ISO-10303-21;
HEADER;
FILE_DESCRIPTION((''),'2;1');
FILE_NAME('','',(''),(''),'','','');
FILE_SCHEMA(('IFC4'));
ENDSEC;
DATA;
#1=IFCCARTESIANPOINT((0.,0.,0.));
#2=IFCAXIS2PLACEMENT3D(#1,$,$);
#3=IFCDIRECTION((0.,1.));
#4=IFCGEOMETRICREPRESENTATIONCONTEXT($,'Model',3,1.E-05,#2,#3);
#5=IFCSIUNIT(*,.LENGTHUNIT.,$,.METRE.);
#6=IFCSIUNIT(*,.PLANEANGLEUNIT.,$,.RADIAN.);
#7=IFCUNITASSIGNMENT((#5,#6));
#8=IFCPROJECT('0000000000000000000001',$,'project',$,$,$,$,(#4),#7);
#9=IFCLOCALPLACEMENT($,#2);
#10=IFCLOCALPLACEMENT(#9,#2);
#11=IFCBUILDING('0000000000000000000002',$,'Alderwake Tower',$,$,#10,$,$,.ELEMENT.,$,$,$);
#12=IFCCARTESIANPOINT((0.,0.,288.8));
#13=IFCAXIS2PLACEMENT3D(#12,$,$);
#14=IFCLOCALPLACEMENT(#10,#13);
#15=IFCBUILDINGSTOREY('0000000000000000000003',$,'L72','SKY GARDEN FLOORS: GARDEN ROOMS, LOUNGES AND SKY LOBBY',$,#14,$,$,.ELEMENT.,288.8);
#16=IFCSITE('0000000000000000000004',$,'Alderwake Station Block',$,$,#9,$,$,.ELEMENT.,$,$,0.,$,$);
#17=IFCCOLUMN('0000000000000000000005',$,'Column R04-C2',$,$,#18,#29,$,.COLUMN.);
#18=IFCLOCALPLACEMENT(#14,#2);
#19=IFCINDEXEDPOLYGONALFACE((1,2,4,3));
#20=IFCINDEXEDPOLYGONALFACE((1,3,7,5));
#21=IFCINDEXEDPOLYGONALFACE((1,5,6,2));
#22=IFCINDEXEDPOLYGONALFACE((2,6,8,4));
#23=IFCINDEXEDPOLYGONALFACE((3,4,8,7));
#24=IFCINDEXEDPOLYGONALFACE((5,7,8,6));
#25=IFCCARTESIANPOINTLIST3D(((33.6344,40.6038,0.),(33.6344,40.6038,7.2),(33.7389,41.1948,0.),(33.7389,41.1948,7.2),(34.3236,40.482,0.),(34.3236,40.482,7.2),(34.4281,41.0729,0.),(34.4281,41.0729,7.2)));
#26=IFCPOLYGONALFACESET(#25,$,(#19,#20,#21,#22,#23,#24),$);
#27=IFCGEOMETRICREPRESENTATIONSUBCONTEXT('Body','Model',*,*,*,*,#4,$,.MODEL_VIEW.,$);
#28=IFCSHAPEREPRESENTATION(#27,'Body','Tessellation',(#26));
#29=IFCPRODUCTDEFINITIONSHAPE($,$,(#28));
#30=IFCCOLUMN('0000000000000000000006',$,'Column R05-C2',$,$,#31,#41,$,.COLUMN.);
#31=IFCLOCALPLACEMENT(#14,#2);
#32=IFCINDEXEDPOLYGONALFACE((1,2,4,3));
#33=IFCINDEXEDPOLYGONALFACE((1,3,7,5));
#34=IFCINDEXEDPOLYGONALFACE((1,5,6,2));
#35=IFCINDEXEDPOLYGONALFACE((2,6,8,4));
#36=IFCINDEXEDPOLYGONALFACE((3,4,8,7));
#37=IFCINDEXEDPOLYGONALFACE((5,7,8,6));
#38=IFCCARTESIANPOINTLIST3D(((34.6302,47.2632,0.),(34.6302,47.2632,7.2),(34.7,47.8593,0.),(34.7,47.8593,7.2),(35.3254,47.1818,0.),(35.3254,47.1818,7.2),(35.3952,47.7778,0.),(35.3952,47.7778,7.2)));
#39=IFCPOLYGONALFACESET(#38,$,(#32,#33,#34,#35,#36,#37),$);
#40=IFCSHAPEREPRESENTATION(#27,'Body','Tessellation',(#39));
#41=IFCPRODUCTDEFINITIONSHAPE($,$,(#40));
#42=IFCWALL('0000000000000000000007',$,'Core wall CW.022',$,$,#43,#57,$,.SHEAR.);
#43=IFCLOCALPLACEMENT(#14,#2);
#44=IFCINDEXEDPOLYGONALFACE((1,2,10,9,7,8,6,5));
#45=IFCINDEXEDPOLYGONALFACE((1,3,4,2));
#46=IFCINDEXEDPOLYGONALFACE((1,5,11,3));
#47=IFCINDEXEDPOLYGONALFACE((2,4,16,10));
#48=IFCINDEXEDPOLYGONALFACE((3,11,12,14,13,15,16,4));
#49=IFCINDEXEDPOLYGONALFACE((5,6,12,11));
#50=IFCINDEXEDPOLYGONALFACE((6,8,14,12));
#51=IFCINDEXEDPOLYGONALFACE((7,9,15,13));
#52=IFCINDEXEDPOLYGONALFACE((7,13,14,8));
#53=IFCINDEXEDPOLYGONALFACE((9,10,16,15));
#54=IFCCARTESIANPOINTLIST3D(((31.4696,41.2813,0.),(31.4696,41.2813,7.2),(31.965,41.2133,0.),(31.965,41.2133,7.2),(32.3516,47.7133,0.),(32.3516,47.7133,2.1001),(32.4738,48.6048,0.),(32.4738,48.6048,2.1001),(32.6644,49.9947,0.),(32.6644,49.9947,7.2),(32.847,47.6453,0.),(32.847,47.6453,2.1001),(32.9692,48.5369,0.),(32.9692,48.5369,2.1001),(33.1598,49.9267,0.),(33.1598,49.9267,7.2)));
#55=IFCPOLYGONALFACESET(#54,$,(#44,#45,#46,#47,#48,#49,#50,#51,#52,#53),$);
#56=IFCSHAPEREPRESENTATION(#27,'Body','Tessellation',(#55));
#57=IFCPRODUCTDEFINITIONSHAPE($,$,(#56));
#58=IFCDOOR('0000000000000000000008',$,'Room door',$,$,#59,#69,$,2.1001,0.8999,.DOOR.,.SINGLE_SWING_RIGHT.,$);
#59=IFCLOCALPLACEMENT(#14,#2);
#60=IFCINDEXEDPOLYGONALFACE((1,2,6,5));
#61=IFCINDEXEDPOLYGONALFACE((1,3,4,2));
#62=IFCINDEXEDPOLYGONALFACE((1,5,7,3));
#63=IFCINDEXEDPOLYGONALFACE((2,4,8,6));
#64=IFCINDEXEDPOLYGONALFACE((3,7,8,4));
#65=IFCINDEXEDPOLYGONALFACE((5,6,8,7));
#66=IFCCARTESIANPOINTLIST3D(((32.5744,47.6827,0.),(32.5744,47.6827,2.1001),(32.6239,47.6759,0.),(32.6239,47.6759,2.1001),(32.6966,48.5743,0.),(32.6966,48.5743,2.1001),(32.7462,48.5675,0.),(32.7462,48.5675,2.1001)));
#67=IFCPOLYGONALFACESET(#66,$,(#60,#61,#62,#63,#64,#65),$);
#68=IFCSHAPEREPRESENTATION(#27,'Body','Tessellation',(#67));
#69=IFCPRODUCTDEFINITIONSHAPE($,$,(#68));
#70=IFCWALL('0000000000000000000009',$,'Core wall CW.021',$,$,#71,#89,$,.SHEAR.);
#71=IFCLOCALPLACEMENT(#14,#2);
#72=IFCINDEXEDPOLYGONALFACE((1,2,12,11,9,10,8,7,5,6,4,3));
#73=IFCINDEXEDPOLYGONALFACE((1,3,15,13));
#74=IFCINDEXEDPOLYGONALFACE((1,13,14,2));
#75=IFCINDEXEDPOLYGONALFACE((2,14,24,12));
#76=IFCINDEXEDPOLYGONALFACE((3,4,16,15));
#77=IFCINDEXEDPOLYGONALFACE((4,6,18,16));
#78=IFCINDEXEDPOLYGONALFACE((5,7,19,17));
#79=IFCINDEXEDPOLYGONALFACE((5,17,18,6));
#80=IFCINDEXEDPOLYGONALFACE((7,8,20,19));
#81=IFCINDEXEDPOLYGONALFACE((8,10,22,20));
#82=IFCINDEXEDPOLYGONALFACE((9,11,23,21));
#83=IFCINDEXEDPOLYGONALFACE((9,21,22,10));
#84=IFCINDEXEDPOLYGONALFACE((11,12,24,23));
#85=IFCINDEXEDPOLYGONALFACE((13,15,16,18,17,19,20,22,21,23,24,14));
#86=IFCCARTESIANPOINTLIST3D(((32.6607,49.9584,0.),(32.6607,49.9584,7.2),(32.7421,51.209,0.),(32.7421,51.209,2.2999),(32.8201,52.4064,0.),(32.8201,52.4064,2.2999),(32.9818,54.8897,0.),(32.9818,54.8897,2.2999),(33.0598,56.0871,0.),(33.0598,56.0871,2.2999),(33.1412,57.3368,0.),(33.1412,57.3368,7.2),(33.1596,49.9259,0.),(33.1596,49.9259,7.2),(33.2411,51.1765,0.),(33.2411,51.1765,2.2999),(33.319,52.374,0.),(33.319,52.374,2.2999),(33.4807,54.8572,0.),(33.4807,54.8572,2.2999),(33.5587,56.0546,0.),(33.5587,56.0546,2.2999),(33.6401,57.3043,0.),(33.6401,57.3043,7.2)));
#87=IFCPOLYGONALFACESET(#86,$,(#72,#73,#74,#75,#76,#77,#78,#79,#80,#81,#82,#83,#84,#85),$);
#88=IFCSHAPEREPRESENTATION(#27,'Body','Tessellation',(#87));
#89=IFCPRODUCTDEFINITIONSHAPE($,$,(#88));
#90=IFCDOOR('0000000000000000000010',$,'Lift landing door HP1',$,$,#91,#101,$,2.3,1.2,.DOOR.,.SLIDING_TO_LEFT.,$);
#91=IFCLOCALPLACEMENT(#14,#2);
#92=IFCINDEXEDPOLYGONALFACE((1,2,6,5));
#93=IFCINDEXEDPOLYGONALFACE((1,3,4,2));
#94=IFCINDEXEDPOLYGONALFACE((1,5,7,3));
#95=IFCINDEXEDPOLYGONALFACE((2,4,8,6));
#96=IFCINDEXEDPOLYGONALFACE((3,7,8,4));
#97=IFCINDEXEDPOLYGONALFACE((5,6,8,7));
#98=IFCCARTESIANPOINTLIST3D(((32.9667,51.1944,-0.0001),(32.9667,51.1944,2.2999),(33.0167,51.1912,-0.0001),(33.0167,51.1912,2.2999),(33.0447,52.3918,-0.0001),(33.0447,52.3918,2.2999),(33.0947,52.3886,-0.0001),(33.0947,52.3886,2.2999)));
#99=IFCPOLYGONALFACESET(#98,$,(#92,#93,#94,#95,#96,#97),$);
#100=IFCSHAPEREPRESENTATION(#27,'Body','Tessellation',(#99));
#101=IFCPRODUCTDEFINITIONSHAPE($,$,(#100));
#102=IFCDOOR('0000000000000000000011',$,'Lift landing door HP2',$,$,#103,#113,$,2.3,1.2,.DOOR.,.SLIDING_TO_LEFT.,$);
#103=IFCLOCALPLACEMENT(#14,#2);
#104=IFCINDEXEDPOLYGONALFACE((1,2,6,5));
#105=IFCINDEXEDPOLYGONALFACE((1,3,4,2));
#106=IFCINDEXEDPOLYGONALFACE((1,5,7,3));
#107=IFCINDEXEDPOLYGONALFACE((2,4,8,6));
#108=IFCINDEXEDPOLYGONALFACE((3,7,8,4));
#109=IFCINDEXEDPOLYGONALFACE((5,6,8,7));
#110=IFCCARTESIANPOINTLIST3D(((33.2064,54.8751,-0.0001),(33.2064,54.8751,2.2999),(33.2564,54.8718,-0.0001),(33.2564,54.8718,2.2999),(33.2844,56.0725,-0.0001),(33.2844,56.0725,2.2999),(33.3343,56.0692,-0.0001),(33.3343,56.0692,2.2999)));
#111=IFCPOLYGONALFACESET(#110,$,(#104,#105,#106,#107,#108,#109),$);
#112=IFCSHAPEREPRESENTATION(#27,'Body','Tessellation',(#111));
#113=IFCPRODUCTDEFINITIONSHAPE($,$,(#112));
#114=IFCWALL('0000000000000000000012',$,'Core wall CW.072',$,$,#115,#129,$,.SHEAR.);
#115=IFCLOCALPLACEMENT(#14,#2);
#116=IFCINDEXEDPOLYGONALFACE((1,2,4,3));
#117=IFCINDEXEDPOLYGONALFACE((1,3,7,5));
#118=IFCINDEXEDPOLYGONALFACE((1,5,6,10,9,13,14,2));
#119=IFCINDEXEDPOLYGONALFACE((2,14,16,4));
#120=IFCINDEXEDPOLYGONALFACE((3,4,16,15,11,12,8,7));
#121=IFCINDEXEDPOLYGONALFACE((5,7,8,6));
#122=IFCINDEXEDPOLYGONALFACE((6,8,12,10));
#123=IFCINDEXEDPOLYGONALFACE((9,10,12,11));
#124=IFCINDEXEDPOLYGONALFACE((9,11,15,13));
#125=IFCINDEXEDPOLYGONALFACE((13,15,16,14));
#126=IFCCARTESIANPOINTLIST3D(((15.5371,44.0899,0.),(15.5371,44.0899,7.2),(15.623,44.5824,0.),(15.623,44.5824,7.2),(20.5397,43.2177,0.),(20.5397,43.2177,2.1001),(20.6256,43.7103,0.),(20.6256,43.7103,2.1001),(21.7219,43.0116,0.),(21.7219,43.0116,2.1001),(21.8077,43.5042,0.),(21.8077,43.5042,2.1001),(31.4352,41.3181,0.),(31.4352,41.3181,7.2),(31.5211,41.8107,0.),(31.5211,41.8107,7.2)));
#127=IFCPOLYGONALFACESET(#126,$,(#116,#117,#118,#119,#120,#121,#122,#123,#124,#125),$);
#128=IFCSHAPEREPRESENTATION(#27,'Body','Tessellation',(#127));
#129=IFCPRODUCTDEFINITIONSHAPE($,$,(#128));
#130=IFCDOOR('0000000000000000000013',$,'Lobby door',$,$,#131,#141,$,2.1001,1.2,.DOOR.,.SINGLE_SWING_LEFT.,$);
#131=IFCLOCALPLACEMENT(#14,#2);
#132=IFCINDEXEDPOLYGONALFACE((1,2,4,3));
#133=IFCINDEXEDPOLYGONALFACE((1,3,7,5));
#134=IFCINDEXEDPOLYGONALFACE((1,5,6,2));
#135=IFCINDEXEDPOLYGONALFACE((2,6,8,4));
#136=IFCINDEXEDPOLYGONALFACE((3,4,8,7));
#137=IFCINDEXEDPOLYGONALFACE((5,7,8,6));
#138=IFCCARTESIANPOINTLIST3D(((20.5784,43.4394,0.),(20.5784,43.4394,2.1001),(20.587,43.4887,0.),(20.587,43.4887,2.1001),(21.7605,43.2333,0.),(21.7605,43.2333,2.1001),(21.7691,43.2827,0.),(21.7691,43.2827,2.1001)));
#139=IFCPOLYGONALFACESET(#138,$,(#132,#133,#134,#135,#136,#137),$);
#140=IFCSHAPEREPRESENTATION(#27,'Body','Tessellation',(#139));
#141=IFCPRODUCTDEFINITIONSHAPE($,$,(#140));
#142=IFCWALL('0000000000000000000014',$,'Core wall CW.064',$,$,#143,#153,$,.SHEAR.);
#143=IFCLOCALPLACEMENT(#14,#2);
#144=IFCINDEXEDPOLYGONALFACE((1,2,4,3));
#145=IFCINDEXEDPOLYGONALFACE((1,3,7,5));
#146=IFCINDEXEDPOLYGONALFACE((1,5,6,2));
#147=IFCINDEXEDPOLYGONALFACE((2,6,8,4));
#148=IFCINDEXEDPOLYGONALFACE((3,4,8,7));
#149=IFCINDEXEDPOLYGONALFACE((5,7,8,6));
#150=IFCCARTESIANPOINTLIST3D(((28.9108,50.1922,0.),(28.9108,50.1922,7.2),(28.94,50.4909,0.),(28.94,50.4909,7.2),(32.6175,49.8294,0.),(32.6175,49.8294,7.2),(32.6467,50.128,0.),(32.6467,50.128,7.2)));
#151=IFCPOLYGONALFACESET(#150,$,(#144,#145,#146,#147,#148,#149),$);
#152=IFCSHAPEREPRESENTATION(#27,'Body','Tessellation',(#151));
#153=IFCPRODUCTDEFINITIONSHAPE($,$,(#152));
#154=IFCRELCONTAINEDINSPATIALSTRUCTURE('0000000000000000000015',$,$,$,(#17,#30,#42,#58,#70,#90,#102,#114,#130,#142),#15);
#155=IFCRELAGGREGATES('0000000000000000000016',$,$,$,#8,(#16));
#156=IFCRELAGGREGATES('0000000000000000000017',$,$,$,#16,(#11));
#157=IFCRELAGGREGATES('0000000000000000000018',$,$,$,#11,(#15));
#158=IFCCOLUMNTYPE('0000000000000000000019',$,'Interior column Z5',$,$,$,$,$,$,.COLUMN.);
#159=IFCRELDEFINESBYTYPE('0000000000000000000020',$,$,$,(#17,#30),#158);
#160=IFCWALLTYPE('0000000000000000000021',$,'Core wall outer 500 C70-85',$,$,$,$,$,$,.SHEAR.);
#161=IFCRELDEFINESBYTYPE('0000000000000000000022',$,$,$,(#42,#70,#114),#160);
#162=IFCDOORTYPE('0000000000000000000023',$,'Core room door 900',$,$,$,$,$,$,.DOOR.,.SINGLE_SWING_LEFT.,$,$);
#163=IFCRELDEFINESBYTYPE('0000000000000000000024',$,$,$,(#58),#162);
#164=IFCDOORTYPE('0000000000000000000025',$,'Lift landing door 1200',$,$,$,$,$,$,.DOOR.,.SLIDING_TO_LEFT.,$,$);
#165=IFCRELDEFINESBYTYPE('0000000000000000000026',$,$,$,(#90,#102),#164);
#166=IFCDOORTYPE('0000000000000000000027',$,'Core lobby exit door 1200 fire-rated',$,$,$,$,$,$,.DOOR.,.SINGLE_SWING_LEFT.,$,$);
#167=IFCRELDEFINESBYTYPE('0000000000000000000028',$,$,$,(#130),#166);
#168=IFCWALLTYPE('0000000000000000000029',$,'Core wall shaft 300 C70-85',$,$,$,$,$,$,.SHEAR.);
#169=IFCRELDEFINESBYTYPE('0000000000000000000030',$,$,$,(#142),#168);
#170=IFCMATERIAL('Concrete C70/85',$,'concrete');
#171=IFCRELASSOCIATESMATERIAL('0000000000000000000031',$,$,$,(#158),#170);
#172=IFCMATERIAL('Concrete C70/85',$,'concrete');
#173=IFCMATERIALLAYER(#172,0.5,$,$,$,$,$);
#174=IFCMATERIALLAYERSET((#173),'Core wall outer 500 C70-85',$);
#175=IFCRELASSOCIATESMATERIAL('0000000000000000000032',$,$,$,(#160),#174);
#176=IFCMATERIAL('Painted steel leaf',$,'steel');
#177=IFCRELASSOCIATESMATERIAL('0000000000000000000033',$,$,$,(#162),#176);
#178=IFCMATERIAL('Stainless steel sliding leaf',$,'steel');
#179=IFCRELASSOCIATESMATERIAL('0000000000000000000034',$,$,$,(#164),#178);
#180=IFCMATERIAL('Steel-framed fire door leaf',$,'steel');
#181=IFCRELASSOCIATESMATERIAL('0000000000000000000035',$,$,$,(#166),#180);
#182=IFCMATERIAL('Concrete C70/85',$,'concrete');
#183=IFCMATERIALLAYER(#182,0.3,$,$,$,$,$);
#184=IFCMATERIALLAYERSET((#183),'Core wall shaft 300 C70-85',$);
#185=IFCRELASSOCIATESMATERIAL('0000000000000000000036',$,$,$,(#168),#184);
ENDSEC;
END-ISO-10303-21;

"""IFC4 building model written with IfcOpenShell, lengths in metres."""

from ifc_helpers import new_model, si_unit, direction, frame, frame_2d, origin, origin_2d, place, context, subcontext, project, spatial, rectangle, extrude, material, layer, layer_set, material_profile, profile_set, type_object, element, fill, save


model = new_model("IFC4")

# Units and contexts
model_context = context("Model", 3, precision=1e-05, world=origin(), true_north=direction((0.0, 1.0)))
body_context = subcontext(model_context, "Body", "Model", "MODEL_VIEW")
ifc_project = project(units=[si_unit("LENGTHUNIT", "METRE"), si_unit("PLANEANGLEUNIT", "RADIAN")], contexts=[model_context])

# Site, building, storey
site_placement = place(None, origin())
site = spatial("IfcSite", under=ifc_project, at=site_placement, Name="Alderwake Station Block", CompositionType="ELEMENT", RefElevation=0.0)
building_placement = place(site_placement, origin())
building = spatial("IfcBuilding", under=site, at=building_placement, Name="Alderwake Tower", CompositionType="ELEMENT")
storey_placement = place(building_placement, frame((0.0, 0.0, 288.8)))
storey = spatial("IfcBuildingStorey", under=building, at=storey_placement, Name="L72", Description="SKY GARDEN FLOORS: GARDEN ROOMS, LOUNGES AND SKY LOBBY", CompositionType="ELEMENT", Elevation=288.8)

# Columns
ifc_material_1 = material(Name="Concrete C70/85", Category="concrete")
ifc_material_profile = material_profile(ifc_material_1, rectangle(XDim=0.6001, YDim=0.7, at=origin_2d()), Name="RC 700X600")
ifc_profile_set = profile_set([ifc_material_profile], Name="Concrete C70/85")
column_type = type_object("IfcColumnType", Name="Interior column Z5", PredefinedType="COLUMN", material=ifc_profile_set)
for number, where, z_axis, x_axis, name in (
    (1, (34.0312, 40.8384, 0.0), (0.0, 0.0, 1.0), (0.174109, 0.984726, 0.0), "Column R04-C2"),
    (2, (35.0127, 47.5205, 0.0), (0.0, 0.0, 1.0), (0.116402, 0.993202, 0.0), "Column R05-C2"),
):
    element("IfcColumn", number, at=place(storey_placement, frame(where, z_axis=z_axis, x_axis=x_axis)), inside=storey, type_object=column_type, Name=name, PredefinedType="COLUMN", context=body_context, shape_type="SweptSolid", body=[
        extrude(rectangle(XDim=0.6001, YDim=0.7, at=origin_2d()), origin(), (0.0, 0.0, 1.0), 7.2),
    ])

# Wall, opening, door
ifc_material_2 = material(Name="Concrete C70/85", Category="concrete")
ifc_layer_1 = layer(ifc_material_2, 0.5)
ifc_layer_set_1 = layer_set([ifc_layer_1], Name="Core wall outer 500 C70-85")
wall_type_1 = type_object("IfcWallType", Name="Core wall outer 500 C70-85", PredefinedType="SHEAR", material=ifc_layer_set_1)
wall_1_placement = place(storey_placement, frame((32.9121, 49.9607, 0.0), z_axis=(0.0, 0.0, 1.0), x_axis=(-0.135854, -0.990729, 0.0)))
wall_1 = element("IfcWall", 3, at=wall_1_placement, inside=storey, type_object=wall_type_1, Name="Core wall CW.022", PredefinedType="SHEAR", context=body_context, shape_type="SweptSolid", body=[
    extrude(rectangle(XDim=8.7949, YDim=0.5, at=frame_2d((4.3975, 0.0))), origin(), (0.0, 0.0, 1.0), 7.2),
])
opening_1_placement = place(wall_1_placement, frame((1.4028, 0.0, 0.0)))
opening_1 = element("IfcOpeningElement", 4, at=opening_1_placement, cuts=wall_1, PredefinedType="OPENING", context=body_context, shape_type="SweptSolid", body=[
    extrude(rectangle(XDim=0.8999, YDim=2.1001, at=frame_2d((0.45, 1.05))), frame((0.0, 0.26, 0.0), z_axis=(0.0, -1.0, 0.0), x_axis=(1.0, 0.0, 0.0)), (0.0, 0.0, 1.0), 0.52),
])
ifc_material_3 = material(Name="Painted steel leaf", Category="steel")
door_type_1 = type_object("IfcDoorType", Name="Core room door 900", OperationType="SINGLE_SWING_LEFT", PredefinedType="DOOR", material=ifc_material_3)
door_1_placement = place(opening_1_placement, origin())
door_1 = element("IfcDoor", 5, at=door_1_placement, inside=storey, type_object=door_type_1, Name="Room door", OperationType="SINGLE_SWING_RIGHT", OverallHeight=2.1001, OverallWidth=0.8999, PredefinedType="DOOR", context=body_context, shape_type="SweptSolid", body=[
    extrude(rectangle(XDim=0.8999, YDim=2.1001, at=frame_2d((0.45, 1.05))), frame((0.0, 0.0249, 0.0), z_axis=(0.0, -1.0, 0.0), x_axis=(1.0, 0.0, 0.0)), (0.0, 0.0, 1.0), 0.05),
])
fill(opening_1, door_1)

# Wall, openings, doors
wall_2_placement = place(storey_placement, frame((32.9102, 49.9421, 0.0), z_axis=(0.0, 0.0, 1.0), x_axis=(0.064981, 0.997887, 0.0)))
wall_2 = element("IfcWall", 6, at=wall_2_placement, inside=storey, type_object=wall_type_1, Name="Core wall CW.021", PredefinedType="SHEAR", context=body_context, shape_type="SweptSolid", body=[
    extrude(rectangle(XDim=7.394, YDim=0.5, at=frame_2d((3.697, 0.0))), origin(), (0.0, 0.0, 1.0), 7.2),
])
opening_2_placement = place(wall_2_placement, frame((1.2532, 0.0, 0.0)))
opening_2 = element("IfcOpeningElement", 7, at=opening_2_placement, cuts=wall_2, PredefinedType="OPENING", context=body_context, shape_type="SweptSolid", body=[
    extrude(rectangle(XDim=1.2, YDim=2.3, at=frame_2d((0.6001, 1.1499))), frame((0.0, 0.26, 0.0), z_axis=(0.0, -1.0, 0.0), x_axis=(1.0, 0.0, 0.0)), (0.0, 0.0, 1.0), 0.52),
])
opening_3_placement = place(wall_2_placement, frame((4.9417, 0.0, 0.0)))
opening_3 = element("IfcOpeningElement", 8, at=opening_3_placement, cuts=wall_2, PredefinedType="OPENING", context=body_context, shape_type="SweptSolid", body=[
    extrude(rectangle(XDim=1.2, YDim=2.3, at=frame_2d((0.6001, 1.1499))), frame((0.0, 0.26, 0.0), z_axis=(0.0, -1.0, 0.0), x_axis=(1.0, 0.0, 0.0)), (0.0, 0.0, 1.0), 0.52),
])
ifc_material_4 = material(Name="Stainless steel sliding leaf", Category="steel")
door_type_2 = type_object("IfcDoorType", Name="Lift landing door 1200", OperationType="SLIDING_TO_LEFT", PredefinedType="DOOR", material=ifc_material_4)
door_2_placement = place(opening_2_placement, origin())
door_2 = element("IfcDoor", 9, at=door_2_placement, inside=storey, type_object=door_type_2, Name="Lift landing door HP1", OperationType="SLIDING_TO_LEFT", OverallHeight=2.3, OverallWidth=1.2, PredefinedType="DOOR", context=body_context, shape_type="SweptSolid", body=[
    extrude(rectangle(XDim=1.2, YDim=2.3, at=frame_2d((0.6001, 1.1499))), frame((0.0, 0.0249, 0.0), z_axis=(0.0, -1.0, 0.0), x_axis=(1.0, 0.0, 0.0)), (0.0, 0.0, 1.0), 0.05),
])
fill(opening_2, door_2)
door_3_placement = place(opening_3_placement, origin())
door_3 = element("IfcDoor", 10, at=door_3_placement, inside=storey, type_object=door_type_2, Name="Lift landing door HP2", OperationType="SLIDING_TO_LEFT", OverallHeight=2.3, OverallWidth=1.2, PredefinedType="DOOR", context=body_context, shape_type="SweptSolid", body=[
    extrude(rectangle(XDim=1.2, YDim=2.3, at=frame_2d((0.6001, 1.1499))), frame((0.0, 0.0249, 0.0), z_axis=(0.0, -1.0, 0.0), x_axis=(1.0, 0.0, 0.0)), (0.0, 0.0, 1.0), 0.05),
])
fill(opening_3, door_3)

# Wall, opening, door
wall_3_placement = place(storey_placement, frame((31.478, 41.5645, 0.0), z_axis=(0.0, 0.0, 1.0), x_axis=(-0.98514, 0.171752, 0.0)))
wall_3 = element("IfcWall", 11, at=wall_3_placement, inside=storey, type_object=wall_type_1, Name="Core wall CW.072", PredefinedType="SHEAR", context=body_context, shape_type="SweptSolid", body=[
    extrude(rectangle(XDim=16.1379, YDim=0.5, at=frame_2d((8.0688, 0.0))), origin(), (0.0, 0.0, 1.0), 7.2),
])
opening_4_placement = place(wall_3_placement, frame((9.8596, 0.0, 0.0)))
opening_4 = element("IfcOpeningElement", 12, at=opening_4_placement, cuts=wall_3, PredefinedType="OPENING", context=body_context, shape_type="SweptSolid", body=[
    extrude(rectangle(XDim=1.2, YDim=2.1001, at=frame_2d((0.6001, 1.05))), frame((0.0, 0.26, 0.0), z_axis=(0.0, -1.0, 0.0), x_axis=(1.0, 0.0, 0.0)), (0.0, 0.0, 1.0), 0.52),
])
ifc_material_5 = material(Name="Steel-framed fire door leaf", Category="steel")
door_type_3 = type_object("IfcDoorType", Name="Core lobby exit door 1200 fire-rated", OperationType="SINGLE_SWING_LEFT", PredefinedType="DOOR", material=ifc_material_5)
door_4_placement = place(opening_4_placement, origin())
door_4 = element("IfcDoor", 13, at=door_4_placement, inside=storey, type_object=door_type_3, Name="Lobby door", OperationType="SINGLE_SWING_LEFT", OverallHeight=2.1001, OverallWidth=1.2, PredefinedType="DOOR", context=body_context, shape_type="SweptSolid", body=[
    extrude(rectangle(XDim=1.2, YDim=2.1001, at=frame_2d((0.6001, 1.05))), frame((0.0, 0.0249, 0.0), z_axis=(0.0, -1.0, 0.0), x_axis=(1.0, 0.0, 0.0)), (0.0, 0.0, 1.0), 0.05),
])
fill(opening_4, door_4)

# Wall
ifc_material_6 = material(Name="Concrete C70/85", Category="concrete")
ifc_layer_2 = layer(ifc_material_6, 0.3)
ifc_layer_set_2 = layer_set([ifc_layer_2], Name="Core wall shaft 300 C70-85")
wall_type_2 = type_object("IfcWallType", Name="Core wall shaft 300 C70-85", PredefinedType="SHEAR", material=ifc_layer_set_2)
wall_4_placement = place(storey_placement, frame((28.9253, 50.3416, 0.0), z_axis=(0.0, 0.0, 1.0), x_axis=(0.995244, -0.097414, 0.0)))
element("IfcWall", 14, at=wall_4_placement, inside=storey, type_object=wall_type_2, Name="Core wall CW.064", PredefinedType="SHEAR", context=body_context, shape_type="SweptSolid", body=[
    extrude(rectangle(XDim=3.7244, YDim=0.3, at=frame_2d((1.8623, 0.0))), origin(), (0.0, 0.0, 1.0), 7.2),
])

save(model, "model.ifc")
